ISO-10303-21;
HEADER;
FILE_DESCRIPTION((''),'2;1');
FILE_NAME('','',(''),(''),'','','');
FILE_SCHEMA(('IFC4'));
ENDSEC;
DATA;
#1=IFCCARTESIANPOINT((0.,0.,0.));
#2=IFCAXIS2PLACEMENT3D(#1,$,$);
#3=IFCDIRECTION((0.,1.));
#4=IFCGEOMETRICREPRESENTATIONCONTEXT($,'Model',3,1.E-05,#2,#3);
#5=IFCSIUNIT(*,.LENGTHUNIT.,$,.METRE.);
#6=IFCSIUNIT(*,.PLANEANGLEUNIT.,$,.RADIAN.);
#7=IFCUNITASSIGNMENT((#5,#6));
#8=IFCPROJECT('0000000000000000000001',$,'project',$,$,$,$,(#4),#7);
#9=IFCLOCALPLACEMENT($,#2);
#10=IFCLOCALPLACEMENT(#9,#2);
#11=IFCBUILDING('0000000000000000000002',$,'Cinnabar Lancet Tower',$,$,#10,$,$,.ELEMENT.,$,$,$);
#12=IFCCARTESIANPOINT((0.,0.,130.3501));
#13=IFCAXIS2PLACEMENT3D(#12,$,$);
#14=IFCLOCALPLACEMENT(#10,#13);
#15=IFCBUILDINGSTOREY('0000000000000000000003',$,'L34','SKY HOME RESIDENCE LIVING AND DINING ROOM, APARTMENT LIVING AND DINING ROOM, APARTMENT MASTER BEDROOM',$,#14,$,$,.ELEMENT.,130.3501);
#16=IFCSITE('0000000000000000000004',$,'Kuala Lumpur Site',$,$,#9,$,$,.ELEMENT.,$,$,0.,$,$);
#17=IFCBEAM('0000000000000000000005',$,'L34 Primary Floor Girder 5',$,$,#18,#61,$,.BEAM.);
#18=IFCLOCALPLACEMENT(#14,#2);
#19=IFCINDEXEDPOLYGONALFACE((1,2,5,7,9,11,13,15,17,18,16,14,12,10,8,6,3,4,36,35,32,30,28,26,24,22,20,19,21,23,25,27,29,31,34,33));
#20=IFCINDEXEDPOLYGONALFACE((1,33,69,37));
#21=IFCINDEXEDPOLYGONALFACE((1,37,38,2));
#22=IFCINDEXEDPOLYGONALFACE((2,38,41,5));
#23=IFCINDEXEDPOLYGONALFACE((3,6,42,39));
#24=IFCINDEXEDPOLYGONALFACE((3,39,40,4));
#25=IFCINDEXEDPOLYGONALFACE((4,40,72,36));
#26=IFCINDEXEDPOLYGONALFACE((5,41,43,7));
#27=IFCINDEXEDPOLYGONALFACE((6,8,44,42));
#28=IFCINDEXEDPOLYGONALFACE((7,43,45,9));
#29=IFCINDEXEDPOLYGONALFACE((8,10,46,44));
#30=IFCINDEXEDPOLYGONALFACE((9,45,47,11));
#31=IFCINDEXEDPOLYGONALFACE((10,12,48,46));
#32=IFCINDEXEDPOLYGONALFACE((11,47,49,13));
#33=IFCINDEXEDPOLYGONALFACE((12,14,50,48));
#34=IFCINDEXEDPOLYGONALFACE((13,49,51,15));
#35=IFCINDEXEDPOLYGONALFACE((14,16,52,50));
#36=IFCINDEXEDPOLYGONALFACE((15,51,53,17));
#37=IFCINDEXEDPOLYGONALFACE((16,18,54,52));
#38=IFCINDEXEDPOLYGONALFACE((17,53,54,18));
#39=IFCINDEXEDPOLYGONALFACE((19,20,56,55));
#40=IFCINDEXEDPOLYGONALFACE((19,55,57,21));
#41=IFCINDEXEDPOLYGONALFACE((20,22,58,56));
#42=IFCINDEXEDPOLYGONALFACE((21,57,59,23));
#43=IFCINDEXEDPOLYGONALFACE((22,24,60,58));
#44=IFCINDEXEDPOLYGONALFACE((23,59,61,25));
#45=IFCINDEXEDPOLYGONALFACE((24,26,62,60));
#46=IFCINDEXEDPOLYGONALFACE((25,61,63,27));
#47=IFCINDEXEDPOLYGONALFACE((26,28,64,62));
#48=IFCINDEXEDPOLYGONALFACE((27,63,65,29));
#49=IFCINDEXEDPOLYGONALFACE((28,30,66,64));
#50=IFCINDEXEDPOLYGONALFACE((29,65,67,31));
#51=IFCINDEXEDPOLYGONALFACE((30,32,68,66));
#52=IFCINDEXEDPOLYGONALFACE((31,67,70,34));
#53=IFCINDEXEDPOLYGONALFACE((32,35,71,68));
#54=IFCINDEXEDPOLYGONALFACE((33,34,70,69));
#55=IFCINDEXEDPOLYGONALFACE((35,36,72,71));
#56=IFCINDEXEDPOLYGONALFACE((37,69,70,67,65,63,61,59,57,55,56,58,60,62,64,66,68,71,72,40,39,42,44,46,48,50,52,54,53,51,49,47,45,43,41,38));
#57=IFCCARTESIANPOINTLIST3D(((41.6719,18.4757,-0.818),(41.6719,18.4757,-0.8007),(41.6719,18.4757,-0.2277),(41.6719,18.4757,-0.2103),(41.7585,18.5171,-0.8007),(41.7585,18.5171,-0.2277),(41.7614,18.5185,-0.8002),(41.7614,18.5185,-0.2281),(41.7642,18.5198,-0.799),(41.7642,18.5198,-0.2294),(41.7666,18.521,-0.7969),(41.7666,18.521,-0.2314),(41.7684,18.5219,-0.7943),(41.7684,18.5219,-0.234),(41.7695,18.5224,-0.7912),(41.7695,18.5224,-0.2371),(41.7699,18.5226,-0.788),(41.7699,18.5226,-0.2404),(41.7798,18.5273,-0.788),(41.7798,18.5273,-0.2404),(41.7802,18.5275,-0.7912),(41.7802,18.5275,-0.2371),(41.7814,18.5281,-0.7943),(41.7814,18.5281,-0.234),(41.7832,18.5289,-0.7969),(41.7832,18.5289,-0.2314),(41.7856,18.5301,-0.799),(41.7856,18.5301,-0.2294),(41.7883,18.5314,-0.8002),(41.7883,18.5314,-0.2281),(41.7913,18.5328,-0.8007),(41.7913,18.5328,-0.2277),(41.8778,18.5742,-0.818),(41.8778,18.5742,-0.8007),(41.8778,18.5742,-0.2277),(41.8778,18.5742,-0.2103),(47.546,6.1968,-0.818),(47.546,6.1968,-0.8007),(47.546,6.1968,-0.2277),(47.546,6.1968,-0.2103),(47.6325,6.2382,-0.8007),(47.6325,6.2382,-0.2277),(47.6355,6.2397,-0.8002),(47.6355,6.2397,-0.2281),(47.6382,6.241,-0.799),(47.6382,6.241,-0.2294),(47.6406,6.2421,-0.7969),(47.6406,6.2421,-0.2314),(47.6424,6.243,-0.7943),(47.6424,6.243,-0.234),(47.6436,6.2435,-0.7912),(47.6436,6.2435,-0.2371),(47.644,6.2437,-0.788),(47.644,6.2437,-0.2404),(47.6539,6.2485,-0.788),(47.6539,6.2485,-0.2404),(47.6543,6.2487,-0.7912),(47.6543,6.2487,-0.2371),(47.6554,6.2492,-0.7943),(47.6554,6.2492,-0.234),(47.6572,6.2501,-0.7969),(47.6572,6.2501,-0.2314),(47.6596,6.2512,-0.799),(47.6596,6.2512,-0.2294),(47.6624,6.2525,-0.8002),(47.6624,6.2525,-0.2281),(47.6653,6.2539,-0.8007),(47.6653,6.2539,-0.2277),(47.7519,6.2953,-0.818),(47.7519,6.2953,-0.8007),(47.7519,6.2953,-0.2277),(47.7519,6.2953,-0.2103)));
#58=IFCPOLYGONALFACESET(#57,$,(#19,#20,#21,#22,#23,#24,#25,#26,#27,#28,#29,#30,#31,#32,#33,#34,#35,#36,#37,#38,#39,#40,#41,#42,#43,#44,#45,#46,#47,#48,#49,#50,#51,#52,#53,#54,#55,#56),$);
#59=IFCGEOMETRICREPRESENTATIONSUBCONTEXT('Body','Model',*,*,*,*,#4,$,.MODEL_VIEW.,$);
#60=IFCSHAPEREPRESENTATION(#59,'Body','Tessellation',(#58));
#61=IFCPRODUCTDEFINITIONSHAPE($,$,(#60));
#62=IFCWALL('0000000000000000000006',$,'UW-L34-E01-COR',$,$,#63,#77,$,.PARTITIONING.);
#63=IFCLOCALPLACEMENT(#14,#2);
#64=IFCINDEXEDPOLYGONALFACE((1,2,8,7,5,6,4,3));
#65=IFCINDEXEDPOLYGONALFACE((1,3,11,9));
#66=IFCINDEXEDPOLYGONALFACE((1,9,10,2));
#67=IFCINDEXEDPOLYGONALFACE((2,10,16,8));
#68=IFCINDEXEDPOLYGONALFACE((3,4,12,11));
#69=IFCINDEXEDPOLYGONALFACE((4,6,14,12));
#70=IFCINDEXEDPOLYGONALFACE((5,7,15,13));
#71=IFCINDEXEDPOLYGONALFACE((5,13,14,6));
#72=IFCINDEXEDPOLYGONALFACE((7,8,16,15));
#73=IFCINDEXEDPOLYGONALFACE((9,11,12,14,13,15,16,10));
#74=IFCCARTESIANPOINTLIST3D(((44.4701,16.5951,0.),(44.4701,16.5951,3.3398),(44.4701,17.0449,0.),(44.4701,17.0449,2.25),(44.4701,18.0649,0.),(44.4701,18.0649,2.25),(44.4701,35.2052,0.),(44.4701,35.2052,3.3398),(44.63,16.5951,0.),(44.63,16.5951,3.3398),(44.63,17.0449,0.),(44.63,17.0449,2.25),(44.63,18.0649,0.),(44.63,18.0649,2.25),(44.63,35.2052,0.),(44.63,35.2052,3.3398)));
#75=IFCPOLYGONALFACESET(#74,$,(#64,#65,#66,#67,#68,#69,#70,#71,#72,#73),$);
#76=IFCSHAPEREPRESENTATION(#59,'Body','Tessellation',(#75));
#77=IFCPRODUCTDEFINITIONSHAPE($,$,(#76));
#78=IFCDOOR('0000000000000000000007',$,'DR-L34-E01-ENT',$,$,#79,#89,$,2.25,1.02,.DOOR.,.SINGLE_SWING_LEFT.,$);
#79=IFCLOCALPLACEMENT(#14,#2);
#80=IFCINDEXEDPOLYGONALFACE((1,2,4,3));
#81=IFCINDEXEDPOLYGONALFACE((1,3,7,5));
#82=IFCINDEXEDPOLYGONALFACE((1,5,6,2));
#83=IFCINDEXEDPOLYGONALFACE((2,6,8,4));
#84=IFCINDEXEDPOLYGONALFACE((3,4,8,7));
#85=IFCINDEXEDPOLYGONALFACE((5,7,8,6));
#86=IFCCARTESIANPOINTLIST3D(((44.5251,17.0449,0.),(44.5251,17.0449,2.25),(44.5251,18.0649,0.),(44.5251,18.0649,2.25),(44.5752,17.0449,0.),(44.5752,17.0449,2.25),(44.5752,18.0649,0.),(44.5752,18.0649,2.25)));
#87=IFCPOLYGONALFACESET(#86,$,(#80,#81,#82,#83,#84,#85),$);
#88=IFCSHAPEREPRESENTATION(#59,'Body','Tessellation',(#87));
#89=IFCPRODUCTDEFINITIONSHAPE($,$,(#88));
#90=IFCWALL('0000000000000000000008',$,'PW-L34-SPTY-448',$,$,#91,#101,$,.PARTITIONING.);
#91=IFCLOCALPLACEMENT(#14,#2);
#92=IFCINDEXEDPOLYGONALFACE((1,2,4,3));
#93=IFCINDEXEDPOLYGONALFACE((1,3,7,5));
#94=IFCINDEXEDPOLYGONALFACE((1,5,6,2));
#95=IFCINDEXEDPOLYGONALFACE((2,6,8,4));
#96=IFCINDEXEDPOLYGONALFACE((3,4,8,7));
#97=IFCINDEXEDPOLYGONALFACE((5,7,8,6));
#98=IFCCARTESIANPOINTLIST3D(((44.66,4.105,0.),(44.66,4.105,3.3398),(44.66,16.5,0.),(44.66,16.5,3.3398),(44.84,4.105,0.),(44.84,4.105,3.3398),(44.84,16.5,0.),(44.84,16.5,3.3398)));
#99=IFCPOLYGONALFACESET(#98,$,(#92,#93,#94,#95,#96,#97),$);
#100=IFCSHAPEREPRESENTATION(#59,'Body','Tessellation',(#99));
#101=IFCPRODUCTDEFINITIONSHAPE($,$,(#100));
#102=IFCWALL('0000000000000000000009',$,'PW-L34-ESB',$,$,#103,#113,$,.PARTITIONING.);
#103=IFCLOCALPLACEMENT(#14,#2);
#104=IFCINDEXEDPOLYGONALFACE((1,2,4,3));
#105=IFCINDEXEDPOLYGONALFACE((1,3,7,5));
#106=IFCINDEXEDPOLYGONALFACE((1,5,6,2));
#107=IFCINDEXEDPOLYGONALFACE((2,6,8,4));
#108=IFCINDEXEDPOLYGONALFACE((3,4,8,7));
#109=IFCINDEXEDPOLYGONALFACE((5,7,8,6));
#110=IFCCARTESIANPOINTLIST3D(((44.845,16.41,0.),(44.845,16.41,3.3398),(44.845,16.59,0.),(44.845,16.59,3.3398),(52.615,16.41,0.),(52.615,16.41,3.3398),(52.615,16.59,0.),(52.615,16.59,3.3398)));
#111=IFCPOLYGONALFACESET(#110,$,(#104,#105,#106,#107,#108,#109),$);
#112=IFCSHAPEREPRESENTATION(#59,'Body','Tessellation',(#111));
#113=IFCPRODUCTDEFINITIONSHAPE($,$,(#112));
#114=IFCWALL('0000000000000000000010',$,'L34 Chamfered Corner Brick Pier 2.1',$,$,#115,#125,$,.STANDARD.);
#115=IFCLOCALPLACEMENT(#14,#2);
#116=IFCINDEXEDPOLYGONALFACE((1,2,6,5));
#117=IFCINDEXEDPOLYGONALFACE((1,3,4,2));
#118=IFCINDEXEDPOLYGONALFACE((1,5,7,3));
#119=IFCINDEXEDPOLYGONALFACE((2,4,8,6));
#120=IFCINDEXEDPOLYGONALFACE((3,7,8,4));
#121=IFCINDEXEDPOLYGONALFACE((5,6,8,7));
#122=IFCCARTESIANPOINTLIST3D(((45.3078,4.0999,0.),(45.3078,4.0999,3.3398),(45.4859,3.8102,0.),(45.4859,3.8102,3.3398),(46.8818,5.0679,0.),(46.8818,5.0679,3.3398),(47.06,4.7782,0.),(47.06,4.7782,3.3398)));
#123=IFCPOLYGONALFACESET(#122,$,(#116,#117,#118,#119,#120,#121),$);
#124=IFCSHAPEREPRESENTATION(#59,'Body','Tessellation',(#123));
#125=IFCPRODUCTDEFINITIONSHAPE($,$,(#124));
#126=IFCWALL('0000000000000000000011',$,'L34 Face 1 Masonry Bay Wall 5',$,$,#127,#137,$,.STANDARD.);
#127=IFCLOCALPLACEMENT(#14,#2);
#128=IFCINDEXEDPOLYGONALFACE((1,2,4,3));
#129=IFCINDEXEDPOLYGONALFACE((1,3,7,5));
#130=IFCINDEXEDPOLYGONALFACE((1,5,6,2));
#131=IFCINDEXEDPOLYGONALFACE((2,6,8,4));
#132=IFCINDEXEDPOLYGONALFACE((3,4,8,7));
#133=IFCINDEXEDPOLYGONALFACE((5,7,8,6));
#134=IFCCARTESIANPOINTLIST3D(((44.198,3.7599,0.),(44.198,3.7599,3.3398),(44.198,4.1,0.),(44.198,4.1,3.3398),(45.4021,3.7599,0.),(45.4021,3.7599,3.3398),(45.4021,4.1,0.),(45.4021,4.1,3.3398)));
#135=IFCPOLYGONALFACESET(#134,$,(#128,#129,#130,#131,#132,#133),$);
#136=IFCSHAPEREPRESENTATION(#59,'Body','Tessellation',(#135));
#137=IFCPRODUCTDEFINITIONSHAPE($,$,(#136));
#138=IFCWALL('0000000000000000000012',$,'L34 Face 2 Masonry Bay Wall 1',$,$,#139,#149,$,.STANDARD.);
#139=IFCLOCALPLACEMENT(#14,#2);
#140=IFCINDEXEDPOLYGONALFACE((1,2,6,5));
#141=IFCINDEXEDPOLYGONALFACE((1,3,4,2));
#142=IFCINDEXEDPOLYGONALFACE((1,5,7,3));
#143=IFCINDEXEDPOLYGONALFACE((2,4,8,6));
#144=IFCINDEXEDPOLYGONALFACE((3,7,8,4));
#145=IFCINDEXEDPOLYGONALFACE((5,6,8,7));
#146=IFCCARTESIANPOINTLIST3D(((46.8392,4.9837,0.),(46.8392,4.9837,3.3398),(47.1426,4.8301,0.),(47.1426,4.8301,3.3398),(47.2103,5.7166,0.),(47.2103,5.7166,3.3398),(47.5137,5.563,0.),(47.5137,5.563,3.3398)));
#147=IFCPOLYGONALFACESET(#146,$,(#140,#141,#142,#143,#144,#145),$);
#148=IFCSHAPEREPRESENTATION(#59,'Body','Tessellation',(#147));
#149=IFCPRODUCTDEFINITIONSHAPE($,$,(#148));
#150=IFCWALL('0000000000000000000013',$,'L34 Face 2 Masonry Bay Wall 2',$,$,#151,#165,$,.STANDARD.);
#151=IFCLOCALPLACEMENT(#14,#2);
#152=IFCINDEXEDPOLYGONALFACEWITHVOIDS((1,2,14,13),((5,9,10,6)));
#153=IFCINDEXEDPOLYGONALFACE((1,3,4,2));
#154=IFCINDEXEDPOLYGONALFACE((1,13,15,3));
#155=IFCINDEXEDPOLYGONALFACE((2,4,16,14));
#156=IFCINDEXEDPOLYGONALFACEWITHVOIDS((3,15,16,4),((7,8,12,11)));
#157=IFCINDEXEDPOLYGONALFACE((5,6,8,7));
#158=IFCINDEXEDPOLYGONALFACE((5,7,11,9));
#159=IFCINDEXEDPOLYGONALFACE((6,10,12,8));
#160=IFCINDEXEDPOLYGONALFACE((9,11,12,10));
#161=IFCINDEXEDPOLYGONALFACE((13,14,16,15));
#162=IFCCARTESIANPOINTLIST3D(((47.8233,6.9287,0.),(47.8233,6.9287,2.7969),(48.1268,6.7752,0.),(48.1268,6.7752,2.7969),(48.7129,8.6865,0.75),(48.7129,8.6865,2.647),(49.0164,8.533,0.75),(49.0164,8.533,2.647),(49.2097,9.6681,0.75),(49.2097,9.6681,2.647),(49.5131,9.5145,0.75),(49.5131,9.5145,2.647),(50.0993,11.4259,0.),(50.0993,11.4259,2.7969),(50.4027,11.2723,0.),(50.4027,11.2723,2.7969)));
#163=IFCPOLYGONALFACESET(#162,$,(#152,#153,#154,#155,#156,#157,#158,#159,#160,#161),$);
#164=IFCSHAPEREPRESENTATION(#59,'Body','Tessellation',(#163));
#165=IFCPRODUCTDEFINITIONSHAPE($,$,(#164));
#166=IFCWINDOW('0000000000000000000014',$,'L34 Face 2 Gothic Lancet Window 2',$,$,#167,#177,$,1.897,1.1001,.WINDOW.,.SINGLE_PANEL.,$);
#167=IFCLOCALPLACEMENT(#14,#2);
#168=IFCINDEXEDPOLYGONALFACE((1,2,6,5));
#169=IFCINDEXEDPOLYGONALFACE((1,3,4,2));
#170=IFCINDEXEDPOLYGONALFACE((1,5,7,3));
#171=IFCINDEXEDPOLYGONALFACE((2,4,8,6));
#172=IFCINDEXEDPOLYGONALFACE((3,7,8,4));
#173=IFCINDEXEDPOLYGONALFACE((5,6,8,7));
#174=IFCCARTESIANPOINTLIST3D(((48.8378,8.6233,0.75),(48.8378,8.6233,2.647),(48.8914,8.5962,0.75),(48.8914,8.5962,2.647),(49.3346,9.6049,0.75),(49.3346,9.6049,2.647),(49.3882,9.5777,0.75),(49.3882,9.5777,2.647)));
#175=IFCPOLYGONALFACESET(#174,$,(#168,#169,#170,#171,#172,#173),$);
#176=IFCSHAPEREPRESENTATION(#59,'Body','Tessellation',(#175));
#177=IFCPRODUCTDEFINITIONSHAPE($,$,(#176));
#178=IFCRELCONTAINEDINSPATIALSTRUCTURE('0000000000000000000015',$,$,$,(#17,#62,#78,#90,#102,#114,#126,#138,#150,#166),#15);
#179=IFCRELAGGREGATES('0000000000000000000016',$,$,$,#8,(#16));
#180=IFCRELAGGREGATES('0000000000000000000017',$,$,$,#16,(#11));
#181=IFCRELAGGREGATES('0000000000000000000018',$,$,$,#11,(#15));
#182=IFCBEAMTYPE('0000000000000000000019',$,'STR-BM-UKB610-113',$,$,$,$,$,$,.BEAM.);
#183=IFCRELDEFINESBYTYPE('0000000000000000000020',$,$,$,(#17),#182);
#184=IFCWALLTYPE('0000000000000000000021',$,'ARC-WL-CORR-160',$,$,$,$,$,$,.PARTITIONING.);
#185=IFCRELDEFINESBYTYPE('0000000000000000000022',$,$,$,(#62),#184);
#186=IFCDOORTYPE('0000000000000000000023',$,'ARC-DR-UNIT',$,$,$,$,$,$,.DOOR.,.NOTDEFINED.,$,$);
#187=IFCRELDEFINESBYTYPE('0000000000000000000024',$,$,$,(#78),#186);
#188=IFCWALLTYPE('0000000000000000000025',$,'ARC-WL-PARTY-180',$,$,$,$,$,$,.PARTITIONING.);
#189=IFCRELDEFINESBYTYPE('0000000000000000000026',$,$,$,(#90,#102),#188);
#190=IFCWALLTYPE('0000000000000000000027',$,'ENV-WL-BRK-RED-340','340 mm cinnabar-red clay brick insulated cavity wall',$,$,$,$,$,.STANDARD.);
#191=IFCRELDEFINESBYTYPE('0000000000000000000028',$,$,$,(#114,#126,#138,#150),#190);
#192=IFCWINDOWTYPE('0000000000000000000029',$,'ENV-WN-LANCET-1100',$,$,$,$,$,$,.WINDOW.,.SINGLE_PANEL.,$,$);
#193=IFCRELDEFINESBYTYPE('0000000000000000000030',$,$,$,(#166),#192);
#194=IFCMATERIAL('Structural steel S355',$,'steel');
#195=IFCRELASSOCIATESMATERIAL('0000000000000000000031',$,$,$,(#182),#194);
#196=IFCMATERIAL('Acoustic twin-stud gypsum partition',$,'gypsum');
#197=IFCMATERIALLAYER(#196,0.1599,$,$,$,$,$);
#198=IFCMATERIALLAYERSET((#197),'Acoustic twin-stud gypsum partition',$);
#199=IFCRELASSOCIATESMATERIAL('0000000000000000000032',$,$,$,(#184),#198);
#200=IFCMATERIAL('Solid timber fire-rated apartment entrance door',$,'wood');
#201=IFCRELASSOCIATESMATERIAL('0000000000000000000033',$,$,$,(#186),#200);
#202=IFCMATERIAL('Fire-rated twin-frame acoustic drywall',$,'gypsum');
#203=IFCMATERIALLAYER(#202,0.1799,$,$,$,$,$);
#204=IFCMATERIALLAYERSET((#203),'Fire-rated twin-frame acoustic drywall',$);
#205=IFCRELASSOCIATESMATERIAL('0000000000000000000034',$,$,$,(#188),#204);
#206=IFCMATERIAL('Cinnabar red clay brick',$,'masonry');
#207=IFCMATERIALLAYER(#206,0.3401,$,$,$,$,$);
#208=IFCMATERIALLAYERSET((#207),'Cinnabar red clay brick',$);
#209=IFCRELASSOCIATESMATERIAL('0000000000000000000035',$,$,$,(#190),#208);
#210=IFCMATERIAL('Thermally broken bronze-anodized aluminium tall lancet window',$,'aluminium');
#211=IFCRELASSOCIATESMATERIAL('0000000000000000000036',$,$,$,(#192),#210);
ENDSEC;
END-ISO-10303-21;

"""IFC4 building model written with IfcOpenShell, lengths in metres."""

from ifc_helpers import new_model, si_unit, direction, frame, frame_2d, origin, origin_2d, place, context, subcontext, project, spatial, rectangle, i_section, extrude, material, layer, layer_set, material_profile, profile_set, type_object, element, fill, save


model = new_model("IFC4")

# Units and contexts
model_context = context("Model", 3, precision=1e-05, world=origin(), true_north=direction((0.0, 1.0)))
body_context = subcontext(model_context, "Body", "Model", "MODEL_VIEW")
ifc_project = project(units=[si_unit("LENGTHUNIT", "METRE"), si_unit("PLANEANGLEUNIT", "RADIAN")], contexts=[model_context])

# Site, building, storey
site_placement = place(None, origin())
site = spatial("IfcSite", under=ifc_project, at=site_placement, Name="Kuala Lumpur Site", CompositionType="ELEMENT", RefElevation=0.0)
building_placement = place(site_placement, origin())
building = spatial("IfcBuilding", under=site, at=building_placement, Name="Cinnabar Lancet Tower", CompositionType="ELEMENT")
storey_placement = place(building_placement, frame((0.0, 0.0, 130.3501)))
storey = spatial("IfcBuildingStorey", under=building, at=storey_placement, Name="L34", Description="SKY HOME RESIDENCE LIVING AND DINING ROOM, APARTMENT LIVING AND DINING ROOM, APARTMENT MASTER BEDROOM", CompositionType="ELEMENT", Elevation=130.3501)

# Beam
ifc_material_1 = material(Name="Structural steel S355", Category="steel")
ifc_material_profile_1 = material_profile(ifc_material_1, i_section(OverallWidth=0.2283, OverallDepth=0.6077, WebThickness=0.011, FlangeThickness=0.0173, FilletRadius=0.0127, at=origin_2d()), Name="UKB 610x229x113")
ifc_profile_set_1 = profile_set([ifc_material_profile_1], Name="Structural steel S355")
beam_type_1 = type_object("IfcBeamType", Name="STR-BM-UKB610-113", PredefinedType="BEAM", material=ifc_profile_set_1)
beam_1_placement = place(storey_placement, frame((47.6489, 6.2461, -0.5142), z_axis=(-0.431548, 0.90209, 0.0), x_axis=(-0.90209, -0.431548, 0.0)))
element("IfcBeam", 1, at=beam_1_placement, inside=storey, type_object=beam_type_1, Name="L34 Primary Floor Girder 5", PredefinedType="BEAM", context=body_context, shape_type="SweptSolid", body=[
    extrude(i_section(OverallWidth=0.2283, OverallDepth=0.6077, WebThickness=0.011, FlangeThickness=0.0173, FilletRadius=0.0127, at=origin_2d()), origin(), (0.0, 0.0, 1.0), 13.6116),
])

# Wall, opening, door
ifc_material_2 = material(Name="Acoustic twin-stud gypsum partition", Category="gypsum")
ifc_layer_1 = layer(ifc_material_2, 0.1599)
ifc_layer_set_1 = layer_set([ifc_layer_1], Name="Acoustic twin-stud gypsum partition")
wall_type_1 = type_object("IfcWallType", Name="ARC-WL-CORR-160", PredefinedType="PARTITIONING", material=ifc_layer_set_1)
wall_1_placement = place(storey_placement, frame((44.55, 16.595, 0.0), z_axis=(0.0, 0.0, 1.0), x_axis=(0.0, 1.0, 0.0)))
wall_1 = element("IfcWall", 2, at=wall_1_placement, inside=storey, type_object=wall_type_1, Name="UW-L34-E01-COR", PredefinedType="PARTITIONING", context=body_context, shape_type="SweptSolid", body=[
    extrude(rectangle(XDim=18.6101, YDim=0.1599, at=frame_2d((9.3052, 0.0))), origin(), (0.0, 0.0, 1.0), 3.3398),
])
opening_1_placement = place(wall_1_placement, frame((0.45, 0.0, 0.0)))
opening_1 = element("IfcOpeningElement", 3, at=opening_1_placement, cuts=wall_1, PredefinedType="OPENING", context=body_context, shape_type="SweptSolid", body=[
    extrude(rectangle(XDim=1.02, YDim=2.25, at=frame_2d((0.51, 1.125))), frame((0.0, 0.0898, 0.0), z_axis=(0.0, -1.0, 0.0), x_axis=(1.0, 0.0, 0.0)), (0.0, 0.0, 1.0), 0.1799),
])
ifc_material_3 = material(Name="Solid timber fire-rated apartment entrance door", Category="wood")
door_type = type_object("IfcDoorType", Name="ARC-DR-UNIT", OperationType="NOTDEFINED", PredefinedType="DOOR", material=ifc_material_3)
door_placement = place(opening_1_placement, origin())
door = element("IfcDoor", 4, at=door_placement, inside=storey, type_object=door_type, Name="DR-L34-E01-ENT", OperationType="SINGLE_SWING_LEFT", OverallHeight=2.25, OverallWidth=1.02, PredefinedType="DOOR", context=body_context, shape_type="SweptSolid", body=[
    extrude(rectangle(XDim=1.02, YDim=2.25, at=frame_2d((0.51, 1.125))), frame((0.0, 0.0249, 0.0), z_axis=(0.0, -1.0, 0.0), x_axis=(1.0, 0.0, 0.0)), (0.0, 0.0, 1.0), 0.05),
])
fill(opening_1, door)

# Walls
ifc_material_4 = material(Name="Fire-rated twin-frame acoustic drywall", Category="gypsum")
ifc_layer_2 = layer(ifc_material_4, 0.1799)
ifc_layer_set_2 = layer_set([ifc_layer_2], Name="Fire-rated twin-frame acoustic drywall")
wall_type_2 = type_object("IfcWallType", Name="ARC-WL-PARTY-180", PredefinedType="PARTITIONING", material=ifc_layer_set_2)
wall_2_placement = place(storey_placement, frame((44.75, 4.105, 0.0), z_axis=(0.0, 0.0, 1.0), x_axis=(0.0, 1.0, 0.0)))
element("IfcWall", 5, at=wall_2_placement, inside=storey, type_object=wall_type_2, Name="PW-L34-SPTY-448", PredefinedType="PARTITIONING", context=body_context, shape_type="SweptSolid", body=[
    extrude(rectangle(XDim=12.395, YDim=0.1799, at=frame_2d((6.1975, 0.0))), origin(), (0.0, 0.0, 1.0), 3.3398),
])
wall_3_placement = place(storey_placement, frame((44.845, 16.5, 0.0), z_axis=(0.0, 0.0, 1.0), x_axis=(1.0, 0.0, 0.0)))
element("IfcWall", 6, at=wall_3_placement, inside=storey, type_object=wall_type_2, Name="PW-L34-ESB", PredefinedType="PARTITIONING", context=body_context, shape_type="SweptSolid", body=[
    extrude(rectangle(XDim=7.77, YDim=0.1799, at=frame_2d((3.885, 0.0))), origin(), (0.0, 0.0, 1.0), 3.3398),
])
ifc_material_5 = material(Name="Cinnabar red clay brick", Category="masonry")
ifc_layer_3 = layer(ifc_material_5, 0.3401)
ifc_layer_set_3 = layer_set([ifc_layer_3], Name="Cinnabar red clay brick")
wall_type_3 = type_object("IfcWallType", Name="ENV-WL-BRK-RED-340", Description="340 mm cinnabar-red clay brick insulated cavity wall", PredefinedType="STANDARD", material=ifc_layer_set_3)
wall_4_placement = place(storey_placement, frame((45.397, 3.9551, 0.0), z_axis=(0.0, 0.0, 1.0), x_axis=(0.851799, 0.523869, 0.0)))
element("IfcWall", 7, at=wall_4_placement, inside=storey, type_object=wall_type_3, Name="L34 Chamfered Corner Brick Pier 2.1", PredefinedType="STANDARD", context=body_context, shape_type="SweptSolid", body=[
    extrude(rectangle(XDim=1.8479, YDim=0.3401, at=frame_2d((0.9238, 0.0))), origin(), (0.0, 0.0, 1.0), 3.3398),
])
wall_5_placement = place(storey_placement, frame((44.198, 3.9299, 0.0), z_axis=(0.0, 0.0, 1.0), x_axis=(1.0, 0.0, 0.0)))
element("IfcWall", 8, at=wall_5_placement, inside=storey, type_object=wall_type_3, Name="L34 Face 1 Masonry Bay Wall 5", PredefinedType="STANDARD", context=body_context, shape_type="SweptSolid", body=[
    extrude(rectangle(XDim=1.2041, YDim=0.3401, at=frame_2d((0.6021, 0.0))), origin(), (0.0, 0.0, 1.0), 3.3398),
])
wall_6_placement = place(storey_placement, frame((46.991, 4.907, 0.0), z_axis=(0.0, 0.0, 1.0), x_axis=(0.451725, 0.892157, 0.0)))
element("IfcWall", 9, at=wall_6_placement, inside=storey, type_object=wall_type_3, Name="L34 Face 2 Masonry Bay Wall 1", PredefinedType="STANDARD", context=body_context, shape_type="SweptSolid", body=[
    extrude(rectangle(XDim=0.8215, YDim=0.3401, at=frame_2d((0.4106, 0.0))), origin(), (0.0, 0.0, 1.0), 3.3398),
])

# Wall, opening, window
wall_7_placement = place(storey_placement, frame((47.9751, 6.8521, 0.0), z_axis=(0.0, 0.0, 1.0), x_axis=(0.451548, 0.892247, 0.0)))
wall_7 = element("IfcWall", 10, at=wall_7_placement, inside=storey, type_object=wall_type_3, Name="L34 Face 2 Masonry Bay Wall 2", PredefinedType="STANDARD", context=body_context, shape_type="SweptSolid", body=[
    extrude(rectangle(XDim=5.0403, YDim=0.3401, at=frame_2d((2.52, 0.0))), origin(), (0.0, 0.0, 1.0), 2.7969),
])
opening_2_placement = place(wall_7_placement, frame((1.97, 0.0, 0.75)))
opening_2 = element("IfcOpeningElement", 11, at=opening_2_placement, cuts=wall_7, PredefinedType="OPENING", context=body_context, shape_type="SweptSolid", body=[
    extrude(rectangle(XDim=1.1001, YDim=1.897, at=frame_2d((0.55, 0.9485))), frame((0.0, 0.1799, 0.0), z_axis=(0.0, -1.0, 0.0), x_axis=(1.0, 0.0, 0.0)), (0.0, 0.0, 1.0), 0.3601),
])
ifc_material_6 = material(Name="Thermally broken bronze-anodized aluminium tall lancet window", Category="aluminium")
window_type = type_object("IfcWindowType", Name="ENV-WN-LANCET-1100", PartitioningType="SINGLE_PANEL", PredefinedType="WINDOW", material=ifc_material_6)
window_1_placement = place(opening_2_placement, origin())
window_1 = element("IfcWindow", 12, at=window_1_placement, inside=storey, type_object=window_type, Name="L34 Face 2 Gothic Lancet Window 2", OverallHeight=1.897, OverallWidth=1.1001, PartitioningType="SINGLE_PANEL", PredefinedType="WINDOW", context=body_context, shape_type="SweptSolid", body=[
    extrude(rectangle(XDim=1.1001, YDim=1.897, at=frame_2d((0.55, 0.9485))), frame((0.0, 0.03, 0.0), z_axis=(0.0, -1.0, 0.0), x_axis=(1.0, 0.0, 0.0)), (0.0, 0.0, 1.0), 0.0601),
])
fill(opening_2, window_1)

save(model, "model.ifc")
